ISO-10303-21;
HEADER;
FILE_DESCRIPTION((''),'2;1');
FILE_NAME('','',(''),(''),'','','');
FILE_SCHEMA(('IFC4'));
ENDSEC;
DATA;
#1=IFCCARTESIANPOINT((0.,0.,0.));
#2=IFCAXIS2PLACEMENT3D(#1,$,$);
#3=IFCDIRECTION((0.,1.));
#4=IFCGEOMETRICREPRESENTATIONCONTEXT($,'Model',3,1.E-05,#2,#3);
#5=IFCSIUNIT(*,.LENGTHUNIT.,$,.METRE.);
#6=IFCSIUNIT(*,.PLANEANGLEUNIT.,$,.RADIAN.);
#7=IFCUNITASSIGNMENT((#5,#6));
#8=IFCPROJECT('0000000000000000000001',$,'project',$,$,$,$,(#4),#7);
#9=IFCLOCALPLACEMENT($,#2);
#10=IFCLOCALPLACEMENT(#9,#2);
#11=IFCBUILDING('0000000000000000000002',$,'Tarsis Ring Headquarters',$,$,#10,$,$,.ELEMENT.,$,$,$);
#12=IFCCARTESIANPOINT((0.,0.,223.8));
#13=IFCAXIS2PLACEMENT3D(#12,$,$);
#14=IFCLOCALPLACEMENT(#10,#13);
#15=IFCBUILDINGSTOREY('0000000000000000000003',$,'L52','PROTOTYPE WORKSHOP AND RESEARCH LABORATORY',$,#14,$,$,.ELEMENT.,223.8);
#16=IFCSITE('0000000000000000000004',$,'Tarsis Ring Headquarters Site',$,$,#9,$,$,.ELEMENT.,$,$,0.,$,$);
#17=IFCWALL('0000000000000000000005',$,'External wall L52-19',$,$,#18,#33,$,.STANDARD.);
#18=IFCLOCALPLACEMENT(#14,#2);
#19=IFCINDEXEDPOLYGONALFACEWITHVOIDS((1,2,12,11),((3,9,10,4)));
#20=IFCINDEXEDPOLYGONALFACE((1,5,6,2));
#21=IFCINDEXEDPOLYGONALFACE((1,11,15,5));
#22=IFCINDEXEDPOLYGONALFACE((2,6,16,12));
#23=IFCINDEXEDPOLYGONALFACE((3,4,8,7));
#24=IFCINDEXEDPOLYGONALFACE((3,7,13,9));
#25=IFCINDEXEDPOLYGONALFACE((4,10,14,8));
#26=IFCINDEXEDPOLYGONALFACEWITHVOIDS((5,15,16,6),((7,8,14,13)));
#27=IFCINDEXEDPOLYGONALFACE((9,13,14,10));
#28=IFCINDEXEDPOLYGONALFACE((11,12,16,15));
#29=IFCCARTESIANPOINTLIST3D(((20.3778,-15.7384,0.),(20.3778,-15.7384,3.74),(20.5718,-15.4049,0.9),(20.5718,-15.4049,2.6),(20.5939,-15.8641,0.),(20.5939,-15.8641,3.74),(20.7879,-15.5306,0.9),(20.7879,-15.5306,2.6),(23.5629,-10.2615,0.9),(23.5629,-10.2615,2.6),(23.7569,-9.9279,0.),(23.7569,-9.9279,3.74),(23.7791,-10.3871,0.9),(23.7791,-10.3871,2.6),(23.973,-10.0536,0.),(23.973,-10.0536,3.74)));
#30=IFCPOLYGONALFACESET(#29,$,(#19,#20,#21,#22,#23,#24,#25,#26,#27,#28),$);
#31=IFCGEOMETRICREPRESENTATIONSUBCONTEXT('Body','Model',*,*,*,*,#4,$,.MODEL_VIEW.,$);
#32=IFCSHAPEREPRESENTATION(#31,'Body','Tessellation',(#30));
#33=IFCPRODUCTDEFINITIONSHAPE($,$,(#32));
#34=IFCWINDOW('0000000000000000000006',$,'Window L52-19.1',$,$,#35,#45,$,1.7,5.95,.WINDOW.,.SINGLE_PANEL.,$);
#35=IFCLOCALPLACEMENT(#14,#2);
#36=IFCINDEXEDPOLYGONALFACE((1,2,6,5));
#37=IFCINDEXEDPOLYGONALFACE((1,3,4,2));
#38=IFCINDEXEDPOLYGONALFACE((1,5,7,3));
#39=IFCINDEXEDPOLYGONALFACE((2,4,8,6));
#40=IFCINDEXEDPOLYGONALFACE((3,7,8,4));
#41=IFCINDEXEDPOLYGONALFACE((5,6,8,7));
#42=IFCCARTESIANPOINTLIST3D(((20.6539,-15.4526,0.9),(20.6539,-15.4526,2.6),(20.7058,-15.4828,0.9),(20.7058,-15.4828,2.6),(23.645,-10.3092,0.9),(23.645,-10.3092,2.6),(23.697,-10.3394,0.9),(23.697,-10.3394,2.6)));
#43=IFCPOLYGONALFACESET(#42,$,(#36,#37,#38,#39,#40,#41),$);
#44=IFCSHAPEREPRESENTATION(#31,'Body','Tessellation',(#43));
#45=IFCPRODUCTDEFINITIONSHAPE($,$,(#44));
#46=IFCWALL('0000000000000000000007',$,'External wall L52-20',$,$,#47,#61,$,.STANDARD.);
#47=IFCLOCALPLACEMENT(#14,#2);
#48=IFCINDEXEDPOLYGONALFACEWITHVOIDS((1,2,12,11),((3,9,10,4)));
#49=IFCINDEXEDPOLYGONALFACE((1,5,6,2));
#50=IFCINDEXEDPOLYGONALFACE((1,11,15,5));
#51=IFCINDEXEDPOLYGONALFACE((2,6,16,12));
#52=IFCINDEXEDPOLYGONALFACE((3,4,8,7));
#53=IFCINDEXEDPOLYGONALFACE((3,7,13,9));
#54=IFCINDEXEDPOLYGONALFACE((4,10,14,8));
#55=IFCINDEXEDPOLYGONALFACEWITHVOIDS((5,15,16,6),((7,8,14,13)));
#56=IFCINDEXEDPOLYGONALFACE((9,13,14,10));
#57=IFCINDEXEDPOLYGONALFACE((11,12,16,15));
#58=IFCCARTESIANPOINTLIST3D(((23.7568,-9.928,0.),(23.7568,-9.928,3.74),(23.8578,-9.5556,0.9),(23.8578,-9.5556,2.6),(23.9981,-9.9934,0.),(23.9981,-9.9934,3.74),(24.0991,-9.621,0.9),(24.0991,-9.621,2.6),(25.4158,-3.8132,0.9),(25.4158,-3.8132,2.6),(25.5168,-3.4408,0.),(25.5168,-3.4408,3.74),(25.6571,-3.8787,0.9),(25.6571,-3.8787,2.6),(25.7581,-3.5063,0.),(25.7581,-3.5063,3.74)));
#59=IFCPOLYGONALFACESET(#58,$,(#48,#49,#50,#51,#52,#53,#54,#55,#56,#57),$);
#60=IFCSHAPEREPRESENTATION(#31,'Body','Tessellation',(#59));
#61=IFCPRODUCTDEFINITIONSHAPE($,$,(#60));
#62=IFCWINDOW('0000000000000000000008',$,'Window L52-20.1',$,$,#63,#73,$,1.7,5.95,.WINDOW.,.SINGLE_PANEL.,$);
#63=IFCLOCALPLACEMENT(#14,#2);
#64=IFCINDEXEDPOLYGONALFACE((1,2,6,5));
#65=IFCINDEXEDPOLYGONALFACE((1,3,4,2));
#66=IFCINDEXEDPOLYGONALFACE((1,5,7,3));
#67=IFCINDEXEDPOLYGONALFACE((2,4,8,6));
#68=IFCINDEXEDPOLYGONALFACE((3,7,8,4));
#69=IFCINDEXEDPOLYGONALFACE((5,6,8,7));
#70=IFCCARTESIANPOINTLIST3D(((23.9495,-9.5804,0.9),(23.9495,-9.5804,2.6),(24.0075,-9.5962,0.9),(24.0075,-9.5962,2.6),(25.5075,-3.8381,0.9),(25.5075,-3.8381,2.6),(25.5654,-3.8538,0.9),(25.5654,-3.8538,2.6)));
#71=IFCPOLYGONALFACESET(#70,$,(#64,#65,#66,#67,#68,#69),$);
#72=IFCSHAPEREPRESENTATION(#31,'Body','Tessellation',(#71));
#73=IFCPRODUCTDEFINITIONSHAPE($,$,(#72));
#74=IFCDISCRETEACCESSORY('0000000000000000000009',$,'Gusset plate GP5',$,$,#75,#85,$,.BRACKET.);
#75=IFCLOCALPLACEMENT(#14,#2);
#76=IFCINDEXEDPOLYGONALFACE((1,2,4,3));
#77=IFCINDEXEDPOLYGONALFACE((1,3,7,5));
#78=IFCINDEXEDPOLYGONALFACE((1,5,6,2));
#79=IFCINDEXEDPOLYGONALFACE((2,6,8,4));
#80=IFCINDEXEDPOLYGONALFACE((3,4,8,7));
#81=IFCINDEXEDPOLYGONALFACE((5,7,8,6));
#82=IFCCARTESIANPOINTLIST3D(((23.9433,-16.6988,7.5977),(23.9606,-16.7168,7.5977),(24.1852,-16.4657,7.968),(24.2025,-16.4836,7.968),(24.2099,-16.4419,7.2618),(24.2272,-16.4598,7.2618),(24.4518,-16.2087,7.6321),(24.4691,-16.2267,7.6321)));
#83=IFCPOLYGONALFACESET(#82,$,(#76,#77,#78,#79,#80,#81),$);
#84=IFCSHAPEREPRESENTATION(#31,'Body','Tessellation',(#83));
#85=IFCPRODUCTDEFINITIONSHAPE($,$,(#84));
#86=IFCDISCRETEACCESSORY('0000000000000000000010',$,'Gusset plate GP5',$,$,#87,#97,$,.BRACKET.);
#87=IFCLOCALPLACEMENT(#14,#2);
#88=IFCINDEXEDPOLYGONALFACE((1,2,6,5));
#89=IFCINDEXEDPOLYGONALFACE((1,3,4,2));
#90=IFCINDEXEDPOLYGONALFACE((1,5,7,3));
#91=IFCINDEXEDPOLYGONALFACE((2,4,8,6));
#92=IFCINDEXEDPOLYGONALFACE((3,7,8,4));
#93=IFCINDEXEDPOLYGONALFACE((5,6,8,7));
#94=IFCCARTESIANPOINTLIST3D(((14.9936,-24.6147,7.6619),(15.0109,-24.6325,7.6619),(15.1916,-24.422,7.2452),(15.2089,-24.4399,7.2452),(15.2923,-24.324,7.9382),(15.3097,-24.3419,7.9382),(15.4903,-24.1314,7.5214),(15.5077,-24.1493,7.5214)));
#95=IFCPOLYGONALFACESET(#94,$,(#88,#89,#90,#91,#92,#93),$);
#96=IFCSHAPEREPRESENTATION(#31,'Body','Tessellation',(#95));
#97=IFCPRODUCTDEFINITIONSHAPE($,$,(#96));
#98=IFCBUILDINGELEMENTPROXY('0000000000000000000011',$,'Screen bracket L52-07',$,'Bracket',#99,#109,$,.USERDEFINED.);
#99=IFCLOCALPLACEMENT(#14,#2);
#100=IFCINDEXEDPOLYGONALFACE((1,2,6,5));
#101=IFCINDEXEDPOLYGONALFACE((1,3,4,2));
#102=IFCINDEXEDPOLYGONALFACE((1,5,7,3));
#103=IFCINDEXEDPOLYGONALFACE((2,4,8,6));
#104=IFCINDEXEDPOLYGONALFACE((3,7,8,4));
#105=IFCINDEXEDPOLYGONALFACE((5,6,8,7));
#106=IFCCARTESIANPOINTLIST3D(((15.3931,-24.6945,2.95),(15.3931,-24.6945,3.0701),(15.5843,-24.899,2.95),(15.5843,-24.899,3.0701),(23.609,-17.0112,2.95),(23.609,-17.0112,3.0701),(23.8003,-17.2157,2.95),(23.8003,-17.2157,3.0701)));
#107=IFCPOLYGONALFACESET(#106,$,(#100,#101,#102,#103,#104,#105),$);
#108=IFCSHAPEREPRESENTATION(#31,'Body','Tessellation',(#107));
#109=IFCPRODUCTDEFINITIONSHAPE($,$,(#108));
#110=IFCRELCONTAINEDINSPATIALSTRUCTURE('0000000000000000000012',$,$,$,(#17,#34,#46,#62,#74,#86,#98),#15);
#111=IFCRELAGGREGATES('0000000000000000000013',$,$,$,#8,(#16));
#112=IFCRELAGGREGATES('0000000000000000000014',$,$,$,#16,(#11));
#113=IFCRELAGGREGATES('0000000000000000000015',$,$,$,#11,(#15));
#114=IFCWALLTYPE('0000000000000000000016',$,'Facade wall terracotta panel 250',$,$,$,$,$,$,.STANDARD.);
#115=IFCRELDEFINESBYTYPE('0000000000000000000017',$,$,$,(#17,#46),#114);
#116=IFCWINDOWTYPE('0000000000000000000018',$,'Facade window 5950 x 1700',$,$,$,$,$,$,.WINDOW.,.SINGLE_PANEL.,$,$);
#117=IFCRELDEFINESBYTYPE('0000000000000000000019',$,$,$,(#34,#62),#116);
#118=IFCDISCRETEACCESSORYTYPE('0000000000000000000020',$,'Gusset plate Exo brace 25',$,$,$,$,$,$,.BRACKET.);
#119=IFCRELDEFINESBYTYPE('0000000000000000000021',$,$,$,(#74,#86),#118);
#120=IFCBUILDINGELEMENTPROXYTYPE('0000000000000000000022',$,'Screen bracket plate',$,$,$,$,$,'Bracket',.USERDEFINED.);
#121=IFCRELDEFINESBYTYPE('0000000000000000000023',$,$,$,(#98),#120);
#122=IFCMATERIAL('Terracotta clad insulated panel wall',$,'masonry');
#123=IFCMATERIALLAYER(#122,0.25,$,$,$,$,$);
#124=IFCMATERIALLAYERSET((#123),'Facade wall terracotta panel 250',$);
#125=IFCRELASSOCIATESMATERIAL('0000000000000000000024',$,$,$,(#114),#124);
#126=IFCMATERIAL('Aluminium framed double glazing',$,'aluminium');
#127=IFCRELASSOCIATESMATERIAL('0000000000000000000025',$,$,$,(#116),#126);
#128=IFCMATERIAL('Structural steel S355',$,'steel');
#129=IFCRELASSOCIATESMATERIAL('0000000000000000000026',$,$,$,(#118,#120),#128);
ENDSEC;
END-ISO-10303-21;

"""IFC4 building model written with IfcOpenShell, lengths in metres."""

from ifc_helpers import new_model, si_unit, direction, frame, frame_2d, origin, origin_2d, place, context, subcontext, project, spatial, rectangle, extrude, material, layer, layer_set, material_profile, profile_set, type_object, element, fill, save


model = new_model("IFC4")

# Units and contexts
model_context = context("Model", 3, precision=1e-05, world=origin(), true_north=direction((0.0, 1.0)))
body_context = subcontext(model_context, "Body", "Model", "MODEL_VIEW")
ifc_project = project(units=[si_unit("LENGTHUNIT", "METRE"), si_unit("PLANEANGLEUNIT", "RADIAN")], contexts=[model_context])

# Site, building, storey
site_placement = place(None, origin())
site = spatial("IfcSite", under=ifc_project, at=site_placement, Name="Tarsis Ring Headquarters Site", CompositionType="ELEMENT", RefElevation=0.0)
building_placement = place(site_placement, origin())
building = spatial("IfcBuilding", under=site, at=building_placement, Name="Tarsis Ring Headquarters", CompositionType="ELEMENT")
storey_placement = place(building_placement, frame((0.0, 0.0, 223.8)))
storey = spatial("IfcBuildingStorey", under=building, at=storey_placement, Name="L52", Description="PROTOTYPE WORKSHOP AND RESEARCH LABORATORY", CompositionType="ELEMENT", Elevation=223.8)

# Shared definitions
ifc_material_1 = material(Name="Structural steel S355", Category="steel")

# Walls, openings, windows
ifc_material_2 = material(Name="Terracotta clad insulated panel wall", Category="masonry")
ifc_layer_1 = layer(ifc_material_2, 0.25)
ifc_layer_set_1 = layer_set([ifc_layer_1], Name="Facade wall terracotta panel 250")
wall_type_1 = type_object("IfcWallType", Name="Facade wall terracotta panel 250", PredefinedType="STANDARD", material=ifc_layer_set_1)
ifc_material_3 = material(Name="Aluminium framed double glazing", Category="aluminium")
window_type = type_object("IfcWindowType", Name="Facade window 5950 x 1700", PartitioningType="SINGLE_PANEL", PredefinedType="WINDOW", material=ifc_material_3)
wall_1_placement = place(storey_placement, frame((20.4858, -15.8013, 0.0), z_axis=(0.0, 0.0, 1.0), x_axis=(0.502723, 0.864447, 0.0)))
wall_1 = element("IfcWall", 1, at=wall_1_placement, inside=storey, type_object=wall_type_1, Name="External wall L52-19", PredefinedType="STANDARD", context=body_context, shape_type="SweptSolid", body=[
    extrude(rectangle(XDim=6.7217, YDim=0.25, at=frame_2d((3.3608, 0.0))), origin(), (0.0, 0.0, 1.0), 3.74),
])
opening_1_placement = place(wall_1_placement, frame((0.3857, 0.0, 0.8999)))
opening_1 = element("IfcOpeningElement", 2, at=opening_1_placement, cuts=wall_1, PredefinedType="OPENING", context=body_context, shape_type="SweptSolid", body=[
    extrude(rectangle(XDim=5.95, YDim=1.7, at=frame_2d((2.9751, 0.8501))), frame((0.0, 0.135, 0.0), z_axis=(0.0, -1.0, 0.0), x_axis=(1.0, 0.0, 0.0)), (0.0, 0.0, 1.0), 0.27),
])
window_1_placement = place(opening_1_placement, origin())
window_1 = element("IfcWindow", 3, at=window_1_placement, inside=storey, type_object=window_type, Name="Window L52-19.1", OverallHeight=1.7, OverallWidth=5.95, PartitioningType="SINGLE_PANEL", PredefinedType="WINDOW", context=body_context, shape_type="SweptSolid", body=[
    extrude(rectangle(XDim=5.95, YDim=1.7, at=frame_2d((2.9751, 0.8501))), frame((0.0, 0.03, 0.0), z_axis=(0.0, -1.0, 0.0), x_axis=(1.0, 0.0, 0.0)), (0.0, 0.0, 1.0), 0.0601),
])
fill(opening_1, window_1)
wall_2_placement = place(storey_placement, frame((23.8774, -9.9607, 0.0), z_axis=(0.0, 0.0, 1.0), x_axis=(0.261845, 0.96511, 0.0)))
wall_2 = element("IfcWall", 4, at=wall_2_placement, inside=storey, type_object=wall_type_1, Name="External wall L52-20", PredefinedType="STANDARD", context=body_context, shape_type="SweptSolid", body=[
    extrude(rectangle(XDim=6.7217, YDim=0.25, at=frame_2d((3.3608, 0.0))), origin(), (0.0, 0.0, 1.0), 3.74),
])
opening_2_placement = place(wall_2_placement, frame((0.3857, 0.0, 0.8999)))
opening_2 = element("IfcOpeningElement", 5, at=opening_2_placement, cuts=wall_2, PredefinedType="OPENING", context=body_context, shape_type="SweptSolid", body=[
    extrude(rectangle(XDim=5.95, YDim=1.7, at=frame_2d((2.9751, 0.8501))), frame((0.0, 0.135, 0.0), z_axis=(0.0, -1.0, 0.0), x_axis=(1.0, 0.0, 0.0)), (0.0, 0.0, 1.0), 0.27),
])
window_2_placement = place(opening_2_placement, origin())
window_2 = element("IfcWindow", 6, at=window_2_placement, inside=storey, type_object=window_type, Name="Window L52-20.1", OverallHeight=1.7, OverallWidth=5.95, PartitioningType="SINGLE_PANEL", PredefinedType="WINDOW", context=body_context, shape_type="SweptSolid", body=[
    extrude(rectangle(XDim=5.95, YDim=1.7, at=frame_2d((2.9751, 0.8501))), frame((0.0, 0.03, 0.0), z_axis=(0.0, -1.0, 0.0), x_axis=(1.0, 0.0, 0.0)), (0.0, 0.0, 1.0), 0.0601),
])
fill(opening_2, window_2)

# Discrete accessories
ifc_material_profile_1 = material_profile(ifc_material_1, rectangle(XDim=0.0249, YDim=0.5, at=origin_2d()), Name="PL 25x500")
ifc_profile_set_1 = profile_set([ifc_material_profile_1], Name="Structural steel S355")
discrete_accessory_type = type_object("IfcDiscreteAccessoryType", Name="Gusset plate Exo brace 25", PredefinedType="BRACKET", material=ifc_profile_set_1)
for number, where, z_axis, x_axis, name in (
    (7, (24.3271, -16.3462, 7.8), (-0.483824, -0.466248, -0.740626), (0.693907, -0.720065, 0.0), "Gusset plate GP5"),
    (8, (15.1516, -24.4783, 7.8), (0.396006, 0.385264, -0.833517), (-0.697318, 0.716762, 0.0), "Gusset plate GP5"),
):
    element("IfcDiscreteAccessory", number, at=place(storey_placement, frame(where, z_axis=z_axis, x_axis=x_axis)), inside=storey, type_object=discrete_accessory_type, Name=name, PredefinedType="BRACKET", context=body_context, shape_type="SweptSolid", body=[
        extrude(rectangle(XDim=0.0249, YDim=0.5, at=origin_2d()), origin(), (0.0, 0.0, 1.0), 0.5),
    ])

# Building element proxy
building_element_proxy_type = type_object("IfcBuildingElementProxyType", Name="Screen bracket plate", ElementType="Bracket", PredefinedType="USERDEFINED", material=ifc_material_1)
proxy_placement = place(storey_placement, frame((19.5967, -20.9551, 2.95), z_axis=(0.0, 0.0, 1.0), x_axis=(0.730386, 0.683035, 0.0)))
element("IfcBuildingElementProxy", 9, at=proxy_placement, inside=storey, type_object=building_element_proxy_type, Name="Screen bracket L52-07", ObjectType="Bracket", PredefinedType="USERDEFINED", context=body_context, shape_type="SweptSolid", body=[
    extrude(rectangle(XDim=11.2488, YDim=0.28, at=origin_2d()), origin(), (0.0, 0.0, 1.0), 0.1201),
])

save(model, "model.ifc")
